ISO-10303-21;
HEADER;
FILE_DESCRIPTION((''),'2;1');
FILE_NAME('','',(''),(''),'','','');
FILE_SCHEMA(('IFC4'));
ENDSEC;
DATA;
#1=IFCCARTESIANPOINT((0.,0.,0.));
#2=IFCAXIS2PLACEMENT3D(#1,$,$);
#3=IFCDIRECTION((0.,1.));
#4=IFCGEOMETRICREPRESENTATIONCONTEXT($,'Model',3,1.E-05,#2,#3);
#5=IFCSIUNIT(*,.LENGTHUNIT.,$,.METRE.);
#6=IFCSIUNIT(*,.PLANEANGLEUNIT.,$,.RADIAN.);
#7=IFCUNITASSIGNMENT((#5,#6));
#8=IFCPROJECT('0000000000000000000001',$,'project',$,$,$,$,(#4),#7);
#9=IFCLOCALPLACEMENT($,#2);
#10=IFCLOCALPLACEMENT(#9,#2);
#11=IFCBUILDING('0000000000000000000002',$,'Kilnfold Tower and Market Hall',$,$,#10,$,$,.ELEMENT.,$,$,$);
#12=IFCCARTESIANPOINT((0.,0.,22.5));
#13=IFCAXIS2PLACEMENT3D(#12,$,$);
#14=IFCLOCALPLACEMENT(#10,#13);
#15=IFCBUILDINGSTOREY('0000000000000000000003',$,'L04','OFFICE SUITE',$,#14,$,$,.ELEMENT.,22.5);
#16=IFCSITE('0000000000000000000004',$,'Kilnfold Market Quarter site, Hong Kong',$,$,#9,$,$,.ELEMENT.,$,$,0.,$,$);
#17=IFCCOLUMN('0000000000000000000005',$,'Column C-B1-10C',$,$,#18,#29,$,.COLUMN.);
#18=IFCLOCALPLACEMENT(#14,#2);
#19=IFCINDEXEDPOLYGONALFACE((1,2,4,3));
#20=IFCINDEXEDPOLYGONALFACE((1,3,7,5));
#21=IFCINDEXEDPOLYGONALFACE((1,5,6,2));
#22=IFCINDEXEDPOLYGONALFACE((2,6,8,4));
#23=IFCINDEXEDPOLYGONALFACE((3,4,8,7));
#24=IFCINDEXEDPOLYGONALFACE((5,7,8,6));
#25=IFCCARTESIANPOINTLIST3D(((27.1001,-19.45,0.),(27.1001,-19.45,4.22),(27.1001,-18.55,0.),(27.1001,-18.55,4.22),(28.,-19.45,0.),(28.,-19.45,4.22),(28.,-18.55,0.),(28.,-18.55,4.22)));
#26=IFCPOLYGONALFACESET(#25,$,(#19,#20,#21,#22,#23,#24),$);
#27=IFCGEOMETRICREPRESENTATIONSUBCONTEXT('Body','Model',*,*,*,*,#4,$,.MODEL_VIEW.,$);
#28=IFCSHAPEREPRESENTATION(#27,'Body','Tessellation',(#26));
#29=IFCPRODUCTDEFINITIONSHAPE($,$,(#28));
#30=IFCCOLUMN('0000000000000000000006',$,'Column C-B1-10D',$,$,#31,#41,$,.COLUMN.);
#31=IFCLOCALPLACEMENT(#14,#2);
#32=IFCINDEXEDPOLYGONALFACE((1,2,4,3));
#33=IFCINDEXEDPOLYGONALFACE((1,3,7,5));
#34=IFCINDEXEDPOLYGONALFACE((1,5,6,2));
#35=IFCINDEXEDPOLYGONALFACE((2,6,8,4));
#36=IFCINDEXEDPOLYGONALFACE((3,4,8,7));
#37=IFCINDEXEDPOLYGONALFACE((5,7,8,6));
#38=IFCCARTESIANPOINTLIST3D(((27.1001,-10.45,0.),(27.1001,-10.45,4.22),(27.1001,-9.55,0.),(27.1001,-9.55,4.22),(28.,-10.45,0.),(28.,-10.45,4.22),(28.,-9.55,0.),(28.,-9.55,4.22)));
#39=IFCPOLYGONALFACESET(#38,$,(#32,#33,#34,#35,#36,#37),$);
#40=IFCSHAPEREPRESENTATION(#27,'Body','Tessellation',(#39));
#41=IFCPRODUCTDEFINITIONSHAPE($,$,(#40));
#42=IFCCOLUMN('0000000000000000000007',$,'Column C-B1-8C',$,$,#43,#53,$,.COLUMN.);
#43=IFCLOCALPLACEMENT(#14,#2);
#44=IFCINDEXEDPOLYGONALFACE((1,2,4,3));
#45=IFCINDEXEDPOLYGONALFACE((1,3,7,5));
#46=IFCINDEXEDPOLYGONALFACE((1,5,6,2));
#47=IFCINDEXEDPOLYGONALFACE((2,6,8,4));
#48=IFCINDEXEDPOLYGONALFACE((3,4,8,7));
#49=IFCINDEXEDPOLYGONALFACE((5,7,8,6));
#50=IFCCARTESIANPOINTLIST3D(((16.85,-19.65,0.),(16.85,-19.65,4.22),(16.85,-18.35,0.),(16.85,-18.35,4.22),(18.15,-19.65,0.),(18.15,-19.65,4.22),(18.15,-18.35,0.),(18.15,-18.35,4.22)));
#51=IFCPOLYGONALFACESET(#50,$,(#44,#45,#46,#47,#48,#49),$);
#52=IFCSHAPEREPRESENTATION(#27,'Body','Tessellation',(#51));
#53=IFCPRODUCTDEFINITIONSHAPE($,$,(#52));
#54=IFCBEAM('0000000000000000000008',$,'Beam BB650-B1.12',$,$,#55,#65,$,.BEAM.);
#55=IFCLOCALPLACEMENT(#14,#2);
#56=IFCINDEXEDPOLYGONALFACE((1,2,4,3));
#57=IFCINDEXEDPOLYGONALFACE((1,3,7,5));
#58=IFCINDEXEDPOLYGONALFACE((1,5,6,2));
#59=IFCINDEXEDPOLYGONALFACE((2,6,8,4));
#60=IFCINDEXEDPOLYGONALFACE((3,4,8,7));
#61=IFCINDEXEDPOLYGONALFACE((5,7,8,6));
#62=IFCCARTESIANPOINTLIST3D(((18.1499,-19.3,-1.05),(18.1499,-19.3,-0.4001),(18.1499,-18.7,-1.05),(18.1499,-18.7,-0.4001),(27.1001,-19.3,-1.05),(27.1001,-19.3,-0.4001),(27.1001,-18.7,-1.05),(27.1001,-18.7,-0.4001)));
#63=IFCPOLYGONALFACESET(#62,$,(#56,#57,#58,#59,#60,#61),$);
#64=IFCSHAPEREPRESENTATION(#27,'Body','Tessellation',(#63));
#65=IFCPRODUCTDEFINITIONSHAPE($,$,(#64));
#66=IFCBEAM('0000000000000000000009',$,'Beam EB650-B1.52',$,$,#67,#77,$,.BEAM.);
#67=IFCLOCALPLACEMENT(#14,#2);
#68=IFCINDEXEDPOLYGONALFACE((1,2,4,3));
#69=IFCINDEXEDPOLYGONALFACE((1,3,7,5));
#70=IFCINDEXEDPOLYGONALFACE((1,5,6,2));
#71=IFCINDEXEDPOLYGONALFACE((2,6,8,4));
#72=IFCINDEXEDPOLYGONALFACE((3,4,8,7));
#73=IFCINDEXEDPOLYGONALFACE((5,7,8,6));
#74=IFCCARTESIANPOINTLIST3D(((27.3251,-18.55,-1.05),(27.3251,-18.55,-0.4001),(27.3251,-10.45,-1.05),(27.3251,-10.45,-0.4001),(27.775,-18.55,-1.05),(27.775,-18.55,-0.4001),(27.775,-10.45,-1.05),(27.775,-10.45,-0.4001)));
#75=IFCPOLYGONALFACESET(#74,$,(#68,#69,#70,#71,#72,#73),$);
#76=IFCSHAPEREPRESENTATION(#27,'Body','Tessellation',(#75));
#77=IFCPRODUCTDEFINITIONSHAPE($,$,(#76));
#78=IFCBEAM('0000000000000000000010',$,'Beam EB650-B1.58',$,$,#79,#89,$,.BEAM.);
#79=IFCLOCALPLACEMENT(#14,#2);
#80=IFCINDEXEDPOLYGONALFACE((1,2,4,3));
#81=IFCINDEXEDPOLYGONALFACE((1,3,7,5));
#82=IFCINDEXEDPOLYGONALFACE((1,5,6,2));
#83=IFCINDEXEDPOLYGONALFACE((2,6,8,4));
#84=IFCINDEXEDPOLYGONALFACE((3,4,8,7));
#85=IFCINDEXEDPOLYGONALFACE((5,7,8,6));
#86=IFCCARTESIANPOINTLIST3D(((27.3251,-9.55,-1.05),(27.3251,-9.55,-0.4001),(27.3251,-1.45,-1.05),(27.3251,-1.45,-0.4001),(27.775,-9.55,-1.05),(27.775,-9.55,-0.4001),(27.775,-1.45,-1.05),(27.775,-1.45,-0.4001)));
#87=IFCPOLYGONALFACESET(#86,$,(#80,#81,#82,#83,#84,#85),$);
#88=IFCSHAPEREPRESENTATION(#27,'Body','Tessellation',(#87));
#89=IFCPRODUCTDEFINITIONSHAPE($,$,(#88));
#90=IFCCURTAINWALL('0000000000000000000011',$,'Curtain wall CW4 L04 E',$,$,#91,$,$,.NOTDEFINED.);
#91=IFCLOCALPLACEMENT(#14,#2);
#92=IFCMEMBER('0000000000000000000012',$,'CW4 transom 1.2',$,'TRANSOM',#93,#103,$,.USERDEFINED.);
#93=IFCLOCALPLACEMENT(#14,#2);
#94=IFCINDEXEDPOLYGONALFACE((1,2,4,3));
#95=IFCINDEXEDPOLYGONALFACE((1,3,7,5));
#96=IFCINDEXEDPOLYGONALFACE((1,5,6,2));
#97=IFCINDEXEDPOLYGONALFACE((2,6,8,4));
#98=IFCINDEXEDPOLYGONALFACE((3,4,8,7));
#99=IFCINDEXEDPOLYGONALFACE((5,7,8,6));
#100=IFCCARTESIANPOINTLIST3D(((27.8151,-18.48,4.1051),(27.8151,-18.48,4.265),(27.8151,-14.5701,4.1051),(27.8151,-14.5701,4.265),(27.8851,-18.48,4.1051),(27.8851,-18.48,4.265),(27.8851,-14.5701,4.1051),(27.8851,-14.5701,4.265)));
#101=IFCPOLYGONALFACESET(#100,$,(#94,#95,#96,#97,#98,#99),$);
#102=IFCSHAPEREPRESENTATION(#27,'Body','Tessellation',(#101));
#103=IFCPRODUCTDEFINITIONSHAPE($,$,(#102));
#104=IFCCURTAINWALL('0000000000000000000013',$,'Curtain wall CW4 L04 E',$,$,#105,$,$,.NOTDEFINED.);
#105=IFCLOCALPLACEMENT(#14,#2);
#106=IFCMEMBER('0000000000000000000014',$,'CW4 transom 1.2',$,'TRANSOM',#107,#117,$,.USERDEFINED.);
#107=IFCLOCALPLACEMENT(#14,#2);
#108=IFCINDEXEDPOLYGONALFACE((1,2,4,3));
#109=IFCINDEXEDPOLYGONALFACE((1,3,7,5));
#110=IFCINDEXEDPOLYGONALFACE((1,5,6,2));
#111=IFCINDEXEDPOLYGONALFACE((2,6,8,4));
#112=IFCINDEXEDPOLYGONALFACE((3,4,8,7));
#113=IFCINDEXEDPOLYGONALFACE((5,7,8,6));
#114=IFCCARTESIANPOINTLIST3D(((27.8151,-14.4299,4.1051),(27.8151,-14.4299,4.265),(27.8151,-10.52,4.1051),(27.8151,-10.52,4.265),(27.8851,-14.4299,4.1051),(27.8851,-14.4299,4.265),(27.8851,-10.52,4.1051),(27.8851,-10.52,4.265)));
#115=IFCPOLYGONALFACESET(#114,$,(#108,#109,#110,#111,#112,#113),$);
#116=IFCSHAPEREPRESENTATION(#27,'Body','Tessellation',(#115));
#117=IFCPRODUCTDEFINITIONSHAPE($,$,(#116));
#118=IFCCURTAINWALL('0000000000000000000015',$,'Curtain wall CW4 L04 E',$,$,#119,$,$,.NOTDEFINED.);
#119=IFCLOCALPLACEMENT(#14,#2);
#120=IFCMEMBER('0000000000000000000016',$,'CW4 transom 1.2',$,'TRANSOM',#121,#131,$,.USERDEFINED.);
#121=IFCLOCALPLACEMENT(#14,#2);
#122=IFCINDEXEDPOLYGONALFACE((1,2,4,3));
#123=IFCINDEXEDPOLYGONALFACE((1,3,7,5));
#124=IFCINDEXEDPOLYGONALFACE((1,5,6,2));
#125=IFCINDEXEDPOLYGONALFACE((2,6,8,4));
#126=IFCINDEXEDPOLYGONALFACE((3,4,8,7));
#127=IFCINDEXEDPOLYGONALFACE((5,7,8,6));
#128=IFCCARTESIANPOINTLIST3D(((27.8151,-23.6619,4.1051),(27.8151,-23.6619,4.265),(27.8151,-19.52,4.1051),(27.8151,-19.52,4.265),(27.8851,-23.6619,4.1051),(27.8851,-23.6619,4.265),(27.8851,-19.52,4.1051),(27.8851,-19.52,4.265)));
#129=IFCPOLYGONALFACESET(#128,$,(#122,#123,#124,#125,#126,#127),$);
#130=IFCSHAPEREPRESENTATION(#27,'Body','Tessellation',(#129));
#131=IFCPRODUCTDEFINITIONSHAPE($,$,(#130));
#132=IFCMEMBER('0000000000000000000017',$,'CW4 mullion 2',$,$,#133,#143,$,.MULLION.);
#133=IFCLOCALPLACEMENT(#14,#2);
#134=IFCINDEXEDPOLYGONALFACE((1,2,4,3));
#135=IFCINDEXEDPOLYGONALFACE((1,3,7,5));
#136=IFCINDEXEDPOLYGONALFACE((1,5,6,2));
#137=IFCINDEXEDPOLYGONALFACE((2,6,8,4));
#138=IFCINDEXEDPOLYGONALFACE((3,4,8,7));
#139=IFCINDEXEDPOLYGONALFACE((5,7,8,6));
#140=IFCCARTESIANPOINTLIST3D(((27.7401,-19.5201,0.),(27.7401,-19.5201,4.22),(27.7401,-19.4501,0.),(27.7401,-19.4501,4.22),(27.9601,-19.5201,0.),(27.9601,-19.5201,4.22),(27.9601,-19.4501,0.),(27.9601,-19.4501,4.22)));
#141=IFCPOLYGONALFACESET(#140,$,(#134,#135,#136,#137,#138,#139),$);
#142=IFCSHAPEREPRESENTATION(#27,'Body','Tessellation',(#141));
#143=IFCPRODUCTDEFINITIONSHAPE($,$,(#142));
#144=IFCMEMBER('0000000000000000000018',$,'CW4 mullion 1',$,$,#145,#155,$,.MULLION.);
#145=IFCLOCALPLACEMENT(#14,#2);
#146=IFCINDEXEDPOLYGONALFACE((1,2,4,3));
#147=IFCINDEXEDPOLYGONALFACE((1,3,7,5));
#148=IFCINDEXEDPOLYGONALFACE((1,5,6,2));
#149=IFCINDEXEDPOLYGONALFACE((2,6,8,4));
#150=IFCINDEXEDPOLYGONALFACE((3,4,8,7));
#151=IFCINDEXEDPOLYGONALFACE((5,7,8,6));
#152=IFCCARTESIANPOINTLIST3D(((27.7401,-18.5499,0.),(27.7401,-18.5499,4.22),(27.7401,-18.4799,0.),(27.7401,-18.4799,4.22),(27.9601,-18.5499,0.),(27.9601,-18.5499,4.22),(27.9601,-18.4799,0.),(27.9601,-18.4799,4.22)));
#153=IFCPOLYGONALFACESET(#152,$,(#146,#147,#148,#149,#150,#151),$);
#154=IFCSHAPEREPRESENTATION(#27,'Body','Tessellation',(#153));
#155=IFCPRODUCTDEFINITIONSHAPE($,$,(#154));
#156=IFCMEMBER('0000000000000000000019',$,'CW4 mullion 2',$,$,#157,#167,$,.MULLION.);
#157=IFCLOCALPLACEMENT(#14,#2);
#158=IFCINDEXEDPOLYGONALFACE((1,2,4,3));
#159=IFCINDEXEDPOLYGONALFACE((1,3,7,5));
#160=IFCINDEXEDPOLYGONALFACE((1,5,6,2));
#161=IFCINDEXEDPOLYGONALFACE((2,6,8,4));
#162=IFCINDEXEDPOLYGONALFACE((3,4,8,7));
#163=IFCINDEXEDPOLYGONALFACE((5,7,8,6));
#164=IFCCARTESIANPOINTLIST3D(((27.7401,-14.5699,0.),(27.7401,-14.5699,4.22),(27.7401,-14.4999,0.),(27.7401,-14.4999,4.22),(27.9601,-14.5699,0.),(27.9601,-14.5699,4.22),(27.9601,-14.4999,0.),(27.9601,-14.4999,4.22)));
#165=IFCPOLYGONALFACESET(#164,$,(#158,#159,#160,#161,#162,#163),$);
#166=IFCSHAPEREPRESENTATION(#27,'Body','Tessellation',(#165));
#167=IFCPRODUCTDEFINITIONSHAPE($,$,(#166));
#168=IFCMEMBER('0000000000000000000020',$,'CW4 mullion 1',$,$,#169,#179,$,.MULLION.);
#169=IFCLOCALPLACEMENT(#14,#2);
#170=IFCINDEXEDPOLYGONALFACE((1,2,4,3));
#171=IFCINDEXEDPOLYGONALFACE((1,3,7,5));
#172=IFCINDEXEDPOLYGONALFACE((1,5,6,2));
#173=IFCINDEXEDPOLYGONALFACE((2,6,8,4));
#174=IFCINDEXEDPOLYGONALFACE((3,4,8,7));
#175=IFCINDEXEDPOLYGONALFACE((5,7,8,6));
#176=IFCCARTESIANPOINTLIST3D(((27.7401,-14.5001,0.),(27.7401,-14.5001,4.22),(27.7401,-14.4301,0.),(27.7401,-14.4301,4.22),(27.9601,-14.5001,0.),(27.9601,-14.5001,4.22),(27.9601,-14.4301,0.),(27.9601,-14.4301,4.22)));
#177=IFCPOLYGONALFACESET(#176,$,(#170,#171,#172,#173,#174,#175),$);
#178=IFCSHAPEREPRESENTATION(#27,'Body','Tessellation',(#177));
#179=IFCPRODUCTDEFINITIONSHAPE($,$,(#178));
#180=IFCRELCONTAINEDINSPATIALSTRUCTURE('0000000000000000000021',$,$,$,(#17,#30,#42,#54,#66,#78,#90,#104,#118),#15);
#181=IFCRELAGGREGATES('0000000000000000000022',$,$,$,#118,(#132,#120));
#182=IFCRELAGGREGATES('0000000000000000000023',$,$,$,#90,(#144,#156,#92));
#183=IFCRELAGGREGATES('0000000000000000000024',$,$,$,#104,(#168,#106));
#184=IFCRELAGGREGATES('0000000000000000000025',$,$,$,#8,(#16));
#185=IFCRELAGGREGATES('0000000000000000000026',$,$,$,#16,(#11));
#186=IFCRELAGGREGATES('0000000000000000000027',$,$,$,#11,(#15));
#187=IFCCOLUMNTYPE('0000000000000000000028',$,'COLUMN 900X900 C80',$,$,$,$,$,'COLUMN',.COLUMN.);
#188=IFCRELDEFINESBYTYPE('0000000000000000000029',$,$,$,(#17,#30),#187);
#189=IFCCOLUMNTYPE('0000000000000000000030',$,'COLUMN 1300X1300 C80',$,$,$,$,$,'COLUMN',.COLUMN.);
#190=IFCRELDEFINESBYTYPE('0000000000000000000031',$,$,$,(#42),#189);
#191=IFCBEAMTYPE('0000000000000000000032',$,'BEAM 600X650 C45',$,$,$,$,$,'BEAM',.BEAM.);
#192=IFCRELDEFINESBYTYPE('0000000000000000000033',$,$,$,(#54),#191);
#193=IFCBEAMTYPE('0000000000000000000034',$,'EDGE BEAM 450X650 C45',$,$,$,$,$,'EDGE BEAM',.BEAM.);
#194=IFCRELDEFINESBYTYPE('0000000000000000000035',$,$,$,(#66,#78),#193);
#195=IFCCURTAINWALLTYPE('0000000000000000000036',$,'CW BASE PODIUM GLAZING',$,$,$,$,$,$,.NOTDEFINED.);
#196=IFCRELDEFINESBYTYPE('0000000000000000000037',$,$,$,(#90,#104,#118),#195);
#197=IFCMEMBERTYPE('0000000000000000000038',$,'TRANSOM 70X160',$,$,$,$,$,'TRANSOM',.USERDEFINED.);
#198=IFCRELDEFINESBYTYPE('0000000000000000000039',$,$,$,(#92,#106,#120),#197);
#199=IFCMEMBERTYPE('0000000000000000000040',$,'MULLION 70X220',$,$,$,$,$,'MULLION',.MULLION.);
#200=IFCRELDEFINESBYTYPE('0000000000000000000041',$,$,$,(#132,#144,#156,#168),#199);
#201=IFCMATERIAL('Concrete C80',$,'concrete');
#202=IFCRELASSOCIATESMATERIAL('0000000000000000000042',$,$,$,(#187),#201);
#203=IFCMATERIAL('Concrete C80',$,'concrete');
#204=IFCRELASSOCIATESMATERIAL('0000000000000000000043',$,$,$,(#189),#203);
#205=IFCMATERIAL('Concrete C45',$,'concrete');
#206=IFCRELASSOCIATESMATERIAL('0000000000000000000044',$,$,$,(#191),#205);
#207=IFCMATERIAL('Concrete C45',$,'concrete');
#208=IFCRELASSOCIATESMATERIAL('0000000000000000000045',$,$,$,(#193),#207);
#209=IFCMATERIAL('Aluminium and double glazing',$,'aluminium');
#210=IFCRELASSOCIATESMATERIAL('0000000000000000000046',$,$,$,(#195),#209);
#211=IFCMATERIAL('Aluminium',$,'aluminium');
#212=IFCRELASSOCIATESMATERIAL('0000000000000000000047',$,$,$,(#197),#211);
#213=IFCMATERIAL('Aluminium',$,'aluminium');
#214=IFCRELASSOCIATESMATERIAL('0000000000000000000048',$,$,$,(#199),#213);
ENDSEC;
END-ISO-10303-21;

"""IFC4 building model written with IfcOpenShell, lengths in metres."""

from ifc_helpers import new_model, si_unit, direction, frame, origin, origin_2d, place, context, subcontext, project, spatial, rectangle, extrude, source, transform, mapped, material, material_profile, profile_set, type_object, element, aggregate, save


model = new_model("IFC4")

# Units and contexts
model_context = context("Model", 3, precision=1e-05, world=origin(), true_north=direction((0.0, 1.0)))
body_context = subcontext(model_context, "Body", "Model", "MODEL_VIEW")
ifc_project = project(units=[si_unit("LENGTHUNIT", "METRE"), si_unit("PLANEANGLEUNIT", "RADIAN")], contexts=[model_context])

# Site, building, storey
site_placement = place(None, origin())
site = spatial("IfcSite", under=ifc_project, at=site_placement, Name="Kilnfold Market Quarter site, Hong Kong", CompositionType="ELEMENT", RefElevation=0.0)
building_placement = place(site_placement, origin())
building = spatial("IfcBuilding", under=site, at=building_placement, Name="Kilnfold Tower and Market Hall", CompositionType="ELEMENT")
storey_placement = place(building_placement, frame((0.0, 0.0, 22.5)))
storey = spatial("IfcBuildingStorey", under=building, at=storey_placement, Name="L04", Description="OFFICE SUITE", CompositionType="ELEMENT", Elevation=22.5)

# Columns
ifc_material_1 = material(Name="Concrete C80", Category="concrete")
ifc_material_profile_1 = material_profile(ifc_material_1, rectangle(XDim=0.8999, YDim=0.8999, at=origin_2d()), Name="RC 900x900")
ifc_profile_set_1 = profile_set([ifc_material_profile_1], Name="Concrete C80")
column_type_1 = type_object("IfcColumnType", Name="COLUMN 900X900 C80", ElementType="COLUMN", PredefinedType="COLUMN", material=ifc_profile_set_1)
shared_shape_1 = source(origin(), body_context, "Body", "SweptSolid", [
    extrude(rectangle(XDim=0.8999, YDim=0.8999, at=origin_2d()), origin(), (0.0, 0.0, 1.0), 4.22),
])
for number, where, z_axis, x_axis, name in (
    (1, (27.55, -19.0, 0.0), (0.0, 0.0, 1.0), (1.0, 0.0, 0.0), "Column C-B1-10C"),
    (2, (27.55, -10.0, 0.0), (0.0, 0.0, 1.0), (1.0, 0.0, 0.0), "Column C-B1-10D"),
):
    element("IfcColumn", number, at=place(storey_placement, frame(where, z_axis=z_axis, x_axis=x_axis)), inside=storey, type_object=column_type_1, Name=name, PredefinedType="COLUMN", context=body_context, shape_type="MappedRepresentation", body=[
        mapped(shared_shape_1, transform((0.0, 0.0, 0.0))),
    ])
ifc_material_2 = material(Name="Concrete C80", Category="concrete")
ifc_material_profile_2 = material_profile(ifc_material_2, rectangle(XDim=1.3, YDim=1.3, at=origin_2d()), Name="RC 1300x1300")
ifc_profile_set_2 = profile_set([ifc_material_profile_2], Name="Concrete C80")
column_type_2 = type_object("IfcColumnType", Name="COLUMN 1300X1300 C80", ElementType="COLUMN", PredefinedType="COLUMN", material=ifc_profile_set_2)
shared_shape_2 = source(origin(), body_context, "Body", "SweptSolid", [
    extrude(rectangle(XDim=1.3, YDim=1.3, at=origin_2d()), origin(), (0.0, 0.0, 1.0), 4.22),
])
column_placement = place(storey_placement, frame((17.5, -19.0, 0.0), z_axis=(0.0, 0.0, 1.0), x_axis=(1.0, 0.0, 0.0)))
element("IfcColumn", 3, at=column_placement, inside=storey, type_object=column_type_2, Name="Column C-B1-8C", PredefinedType="COLUMN", context=body_context, shape_type="MappedRepresentation", body=[
    mapped(shared_shape_2, transform((0.0, 0.0, 0.0))),
])

# Beams
ifc_material_3 = material(Name="Concrete C45", Category="concrete")
ifc_material_profile_3 = material_profile(ifc_material_3, rectangle(XDim=0.6001, YDim=0.6499, at=origin_2d()), Name="RC 600x650")
ifc_profile_set_3 = profile_set([ifc_material_profile_3], Name="Concrete C45")
beam_type_1 = type_object("IfcBeamType", Name="BEAM 600X650 C45", ElementType="BEAM", PredefinedType="BEAM", material=ifc_profile_set_3)
shared_shape_3 = source(origin(), body_context, "Body", "SweptSolid", [
    extrude(rectangle(XDim=0.6001, YDim=0.6499, at=origin_2d()), origin(), (0.0, 0.0, 1.0), 8.9502),
])
beam_placement = place(storey_placement, frame((18.1499, -19.0, -0.7251), z_axis=(1.0, 0.0, 0.0), x_axis=(0.0, 1.0, 0.0)))
element("IfcBeam", 4, at=beam_placement, inside=storey, type_object=beam_type_1, Name="Beam BB650-B1.12", PredefinedType="BEAM", context=body_context, shape_type="MappedRepresentation", body=[
    mapped(shared_shape_3, transform((0.0, 0.0, 0.0))),
])
ifc_material_4 = material(Name="Concrete C45", Category="concrete")
ifc_material_profile_4 = material_profile(ifc_material_4, rectangle(XDim=0.45, YDim=0.6499, at=origin_2d()), Name="RC 450x650")
ifc_profile_set_4 = profile_set([ifc_material_profile_4], Name="Concrete C45")
beam_type_2 = type_object("IfcBeamType", Name="EDGE BEAM 450X650 C45", ElementType="EDGE BEAM", PredefinedType="BEAM", material=ifc_profile_set_4)
shared_shape_4 = source(origin(), body_context, "Body", "SweptSolid", [
    extrude(rectangle(XDim=0.45, YDim=0.6499, at=origin_2d()), origin(), (0.0, 0.0, 1.0), 8.1001),
])
for number, where, z_axis, x_axis, name in (
    (5, (27.55, -18.55, -0.7251), (0.0, 1.0, 0.0), (-1.0, 0.0, 0.0), "Beam EB650-B1.52"),
    (6, (27.55, -9.55, -0.7251), (0.0, 1.0, 0.0), (-1.0, 0.0, 0.0), "Beam EB650-B1.58"),
):
    element("IfcBeam", number, at=place(storey_placement, frame(where, z_axis=z_axis, x_axis=x_axis)), inside=storey, type_object=beam_type_2, Name=name, PredefinedType="BEAM", context=body_context, shape_type="MappedRepresentation", body=[
        mapped(shared_shape_4, transform((0.0, 0.0, 0.0))),
    ])

# Curtain walls, members
ifc_material_5 = material(Name="Aluminium and double glazing", Category="aluminium")
curtain_wall_type = type_object("IfcCurtainWallType", Name="CW BASE PODIUM GLAZING", PredefinedType="NOTDEFINED", material=ifc_material_5)
curtain_wall_1_placement = place(storey_placement, origin())
curtain_wall_1 = element("IfcCurtainWall", 7, at=curtain_wall_1_placement, inside=storey, type_object=curtain_wall_type, Name="Curtain wall CW4 L04 E", PredefinedType="NOTDEFINED")
ifc_material_6 = material(Name="Aluminium", Category="aluminium")
ifc_material_profile_5 = material_profile(ifc_material_6, rectangle(XDim=0.0701, YDim=0.1599, at=origin_2d()), Name="TRANSOM 70x160")
ifc_profile_set_5 = profile_set([ifc_material_profile_5], Name="Aluminium")
member_type_1 = type_object("IfcMemberType", Name="TRANSOM 70X160", ElementType="TRANSOM", PredefinedType="USERDEFINED", material=ifc_profile_set_5)
shared_shape_5 = source(origin(), body_context, "Body", "SweptSolid", [
    extrude(rectangle(XDim=0.0701, YDim=0.1599, at=origin_2d()), origin(), (0.0, 0.0, 1.0), 3.9099),
])
member_1_placement = place(storey_placement, frame((27.8501, -18.48, 4.1851), z_axis=(0.0, 1.0, 0.0), x_axis=(-1.0, 0.0, 0.0)))
member_1 = element("IfcMember", 8, at=member_1_placement, type_object=member_type_1, Name="CW4 transom 1.2", ObjectType="TRANSOM", PredefinedType="USERDEFINED", context=body_context, shape_type="MappedRepresentation", body=[
    mapped(shared_shape_5, transform((0.0, 0.0, 0.0))),
])
curtain_wall_2_placement = place(storey_placement, origin())
curtain_wall_2 = element("IfcCurtainWall", 9, at=curtain_wall_2_placement, inside=storey, type_object=curtain_wall_type, Name="Curtain wall CW4 L04 E", PredefinedType="NOTDEFINED")
member_2_placement = place(storey_placement, frame((27.8501, -14.4299, 4.1851), z_axis=(0.0, 1.0, 0.0), x_axis=(-1.0, 0.0, 0.0)))
member_2 = element("IfcMember", 10, at=member_2_placement, type_object=member_type_1, Name="CW4 transom 1.2", ObjectType="TRANSOM", PredefinedType="USERDEFINED", context=body_context, shape_type="MappedRepresentation", body=[
    mapped(shared_shape_5, transform((0.0, 0.0, 0.0))),
])

# Curtain wall, members
curtain_wall_3_placement = place(storey_placement, origin())
curtain_wall_3 = element("IfcCurtainWall", 11, at=curtain_wall_3_placement, inside=storey, type_object=curtain_wall_type, Name="Curtain wall CW4 L04 E", PredefinedType="NOTDEFINED")
shared_shape_6 = source(origin(), body_context, "Body", "SweptSolid", [
    extrude(rectangle(XDim=0.0701, YDim=0.1599, at=origin_2d()), origin(), (0.0, 0.0, 1.0), 4.1418),
])
member_3_placement = place(storey_placement, frame((27.8501, -23.6619, 4.1851), z_axis=(0.0, 1.0, 0.0), x_axis=(-1.0, 0.0, 0.0)))
member_3 = element("IfcMember", 12, at=member_3_placement, type_object=member_type_1, Name="CW4 transom 1.2", ObjectType="TRANSOM", PredefinedType="USERDEFINED", context=body_context, shape_type="MappedRepresentation", body=[
    mapped(shared_shape_6, transform((0.0, 0.0, 0.0))),
])
ifc_material_7 = material(Name="Aluminium", Category="aluminium")
ifc_material_profile_6 = material_profile(ifc_material_7, rectangle(XDim=0.0701, YDim=0.22, at=origin_2d()), Name="MULLION 70x220")
ifc_profile_set_6 = profile_set([ifc_material_profile_6], Name="Aluminium")
member_type_2 = type_object("IfcMemberType", Name="MULLION 70X220", ElementType="MULLION", PredefinedType="MULLION", material=ifc_profile_set_6)
shared_shape_7 = source(origin(), body_context, "Body", "SweptSolid", [
    extrude(rectangle(XDim=0.0701, YDim=0.22, at=origin_2d()), origin(), (0.0, 0.0, 1.0), 4.22),
])
member_4_placement = place(storey_placement, frame((27.8501, -19.4851, 0.0), z_axis=(0.0, 0.0, 1.0), x_axis=(0.0, 1.0, 0.0)))
member_4 = element("IfcMember", 13, at=member_4_placement, type_object=member_type_2, Name="CW4 mullion 2", PredefinedType="MULLION", context=body_context, shape_type="MappedRepresentation", body=[
    mapped(shared_shape_7, transform((0.0, 0.0, 0.0))),
])

# Members
member_5_placement = place(storey_placement, frame((27.8501, -18.5149, 0.0), z_axis=(0.0, 0.0, 1.0), x_axis=(0.0, 1.0, 0.0)))
member_5 = element("IfcMember", 14, at=member_5_placement, type_object=member_type_2, Name="CW4 mullion 1", PredefinedType="MULLION", context=body_context, shape_type="MappedRepresentation", body=[
    mapped(shared_shape_7, transform((0.0, 0.0, 0.0))),
])
member_6_placement = place(storey_placement, frame((27.8501, -14.5349, 0.0), z_axis=(0.0, 0.0, 1.0), x_axis=(0.0, 1.0, 0.0)))
member_6 = element("IfcMember", 15, at=member_6_placement, type_object=member_type_2, Name="CW4 mullion 2", PredefinedType="MULLION", context=body_context, shape_type="MappedRepresentation", body=[
    mapped(shared_shape_7, transform((0.0, 0.0, 0.0))),
])
member_7_placement = place(storey_placement, frame((27.8501, -14.4651, 0.0), z_axis=(0.0, 0.0, 1.0), x_axis=(0.0, 1.0, 0.0)))
member_7 = element("IfcMember", 16, at=member_7_placement, type_object=member_type_2, Name="CW4 mullion 1", PredefinedType="MULLION", context=body_context, shape_type="MappedRepresentation", body=[
    mapped(shared_shape_7, transform((0.0, 0.0, 0.0))),
])

aggregate(curtain_wall_3, [member_4, member_3])
aggregate(curtain_wall_1, [member_5, member_6, member_1])
aggregate(curtain_wall_2, [member_7, member_2])

save(model, "model.ifc")
